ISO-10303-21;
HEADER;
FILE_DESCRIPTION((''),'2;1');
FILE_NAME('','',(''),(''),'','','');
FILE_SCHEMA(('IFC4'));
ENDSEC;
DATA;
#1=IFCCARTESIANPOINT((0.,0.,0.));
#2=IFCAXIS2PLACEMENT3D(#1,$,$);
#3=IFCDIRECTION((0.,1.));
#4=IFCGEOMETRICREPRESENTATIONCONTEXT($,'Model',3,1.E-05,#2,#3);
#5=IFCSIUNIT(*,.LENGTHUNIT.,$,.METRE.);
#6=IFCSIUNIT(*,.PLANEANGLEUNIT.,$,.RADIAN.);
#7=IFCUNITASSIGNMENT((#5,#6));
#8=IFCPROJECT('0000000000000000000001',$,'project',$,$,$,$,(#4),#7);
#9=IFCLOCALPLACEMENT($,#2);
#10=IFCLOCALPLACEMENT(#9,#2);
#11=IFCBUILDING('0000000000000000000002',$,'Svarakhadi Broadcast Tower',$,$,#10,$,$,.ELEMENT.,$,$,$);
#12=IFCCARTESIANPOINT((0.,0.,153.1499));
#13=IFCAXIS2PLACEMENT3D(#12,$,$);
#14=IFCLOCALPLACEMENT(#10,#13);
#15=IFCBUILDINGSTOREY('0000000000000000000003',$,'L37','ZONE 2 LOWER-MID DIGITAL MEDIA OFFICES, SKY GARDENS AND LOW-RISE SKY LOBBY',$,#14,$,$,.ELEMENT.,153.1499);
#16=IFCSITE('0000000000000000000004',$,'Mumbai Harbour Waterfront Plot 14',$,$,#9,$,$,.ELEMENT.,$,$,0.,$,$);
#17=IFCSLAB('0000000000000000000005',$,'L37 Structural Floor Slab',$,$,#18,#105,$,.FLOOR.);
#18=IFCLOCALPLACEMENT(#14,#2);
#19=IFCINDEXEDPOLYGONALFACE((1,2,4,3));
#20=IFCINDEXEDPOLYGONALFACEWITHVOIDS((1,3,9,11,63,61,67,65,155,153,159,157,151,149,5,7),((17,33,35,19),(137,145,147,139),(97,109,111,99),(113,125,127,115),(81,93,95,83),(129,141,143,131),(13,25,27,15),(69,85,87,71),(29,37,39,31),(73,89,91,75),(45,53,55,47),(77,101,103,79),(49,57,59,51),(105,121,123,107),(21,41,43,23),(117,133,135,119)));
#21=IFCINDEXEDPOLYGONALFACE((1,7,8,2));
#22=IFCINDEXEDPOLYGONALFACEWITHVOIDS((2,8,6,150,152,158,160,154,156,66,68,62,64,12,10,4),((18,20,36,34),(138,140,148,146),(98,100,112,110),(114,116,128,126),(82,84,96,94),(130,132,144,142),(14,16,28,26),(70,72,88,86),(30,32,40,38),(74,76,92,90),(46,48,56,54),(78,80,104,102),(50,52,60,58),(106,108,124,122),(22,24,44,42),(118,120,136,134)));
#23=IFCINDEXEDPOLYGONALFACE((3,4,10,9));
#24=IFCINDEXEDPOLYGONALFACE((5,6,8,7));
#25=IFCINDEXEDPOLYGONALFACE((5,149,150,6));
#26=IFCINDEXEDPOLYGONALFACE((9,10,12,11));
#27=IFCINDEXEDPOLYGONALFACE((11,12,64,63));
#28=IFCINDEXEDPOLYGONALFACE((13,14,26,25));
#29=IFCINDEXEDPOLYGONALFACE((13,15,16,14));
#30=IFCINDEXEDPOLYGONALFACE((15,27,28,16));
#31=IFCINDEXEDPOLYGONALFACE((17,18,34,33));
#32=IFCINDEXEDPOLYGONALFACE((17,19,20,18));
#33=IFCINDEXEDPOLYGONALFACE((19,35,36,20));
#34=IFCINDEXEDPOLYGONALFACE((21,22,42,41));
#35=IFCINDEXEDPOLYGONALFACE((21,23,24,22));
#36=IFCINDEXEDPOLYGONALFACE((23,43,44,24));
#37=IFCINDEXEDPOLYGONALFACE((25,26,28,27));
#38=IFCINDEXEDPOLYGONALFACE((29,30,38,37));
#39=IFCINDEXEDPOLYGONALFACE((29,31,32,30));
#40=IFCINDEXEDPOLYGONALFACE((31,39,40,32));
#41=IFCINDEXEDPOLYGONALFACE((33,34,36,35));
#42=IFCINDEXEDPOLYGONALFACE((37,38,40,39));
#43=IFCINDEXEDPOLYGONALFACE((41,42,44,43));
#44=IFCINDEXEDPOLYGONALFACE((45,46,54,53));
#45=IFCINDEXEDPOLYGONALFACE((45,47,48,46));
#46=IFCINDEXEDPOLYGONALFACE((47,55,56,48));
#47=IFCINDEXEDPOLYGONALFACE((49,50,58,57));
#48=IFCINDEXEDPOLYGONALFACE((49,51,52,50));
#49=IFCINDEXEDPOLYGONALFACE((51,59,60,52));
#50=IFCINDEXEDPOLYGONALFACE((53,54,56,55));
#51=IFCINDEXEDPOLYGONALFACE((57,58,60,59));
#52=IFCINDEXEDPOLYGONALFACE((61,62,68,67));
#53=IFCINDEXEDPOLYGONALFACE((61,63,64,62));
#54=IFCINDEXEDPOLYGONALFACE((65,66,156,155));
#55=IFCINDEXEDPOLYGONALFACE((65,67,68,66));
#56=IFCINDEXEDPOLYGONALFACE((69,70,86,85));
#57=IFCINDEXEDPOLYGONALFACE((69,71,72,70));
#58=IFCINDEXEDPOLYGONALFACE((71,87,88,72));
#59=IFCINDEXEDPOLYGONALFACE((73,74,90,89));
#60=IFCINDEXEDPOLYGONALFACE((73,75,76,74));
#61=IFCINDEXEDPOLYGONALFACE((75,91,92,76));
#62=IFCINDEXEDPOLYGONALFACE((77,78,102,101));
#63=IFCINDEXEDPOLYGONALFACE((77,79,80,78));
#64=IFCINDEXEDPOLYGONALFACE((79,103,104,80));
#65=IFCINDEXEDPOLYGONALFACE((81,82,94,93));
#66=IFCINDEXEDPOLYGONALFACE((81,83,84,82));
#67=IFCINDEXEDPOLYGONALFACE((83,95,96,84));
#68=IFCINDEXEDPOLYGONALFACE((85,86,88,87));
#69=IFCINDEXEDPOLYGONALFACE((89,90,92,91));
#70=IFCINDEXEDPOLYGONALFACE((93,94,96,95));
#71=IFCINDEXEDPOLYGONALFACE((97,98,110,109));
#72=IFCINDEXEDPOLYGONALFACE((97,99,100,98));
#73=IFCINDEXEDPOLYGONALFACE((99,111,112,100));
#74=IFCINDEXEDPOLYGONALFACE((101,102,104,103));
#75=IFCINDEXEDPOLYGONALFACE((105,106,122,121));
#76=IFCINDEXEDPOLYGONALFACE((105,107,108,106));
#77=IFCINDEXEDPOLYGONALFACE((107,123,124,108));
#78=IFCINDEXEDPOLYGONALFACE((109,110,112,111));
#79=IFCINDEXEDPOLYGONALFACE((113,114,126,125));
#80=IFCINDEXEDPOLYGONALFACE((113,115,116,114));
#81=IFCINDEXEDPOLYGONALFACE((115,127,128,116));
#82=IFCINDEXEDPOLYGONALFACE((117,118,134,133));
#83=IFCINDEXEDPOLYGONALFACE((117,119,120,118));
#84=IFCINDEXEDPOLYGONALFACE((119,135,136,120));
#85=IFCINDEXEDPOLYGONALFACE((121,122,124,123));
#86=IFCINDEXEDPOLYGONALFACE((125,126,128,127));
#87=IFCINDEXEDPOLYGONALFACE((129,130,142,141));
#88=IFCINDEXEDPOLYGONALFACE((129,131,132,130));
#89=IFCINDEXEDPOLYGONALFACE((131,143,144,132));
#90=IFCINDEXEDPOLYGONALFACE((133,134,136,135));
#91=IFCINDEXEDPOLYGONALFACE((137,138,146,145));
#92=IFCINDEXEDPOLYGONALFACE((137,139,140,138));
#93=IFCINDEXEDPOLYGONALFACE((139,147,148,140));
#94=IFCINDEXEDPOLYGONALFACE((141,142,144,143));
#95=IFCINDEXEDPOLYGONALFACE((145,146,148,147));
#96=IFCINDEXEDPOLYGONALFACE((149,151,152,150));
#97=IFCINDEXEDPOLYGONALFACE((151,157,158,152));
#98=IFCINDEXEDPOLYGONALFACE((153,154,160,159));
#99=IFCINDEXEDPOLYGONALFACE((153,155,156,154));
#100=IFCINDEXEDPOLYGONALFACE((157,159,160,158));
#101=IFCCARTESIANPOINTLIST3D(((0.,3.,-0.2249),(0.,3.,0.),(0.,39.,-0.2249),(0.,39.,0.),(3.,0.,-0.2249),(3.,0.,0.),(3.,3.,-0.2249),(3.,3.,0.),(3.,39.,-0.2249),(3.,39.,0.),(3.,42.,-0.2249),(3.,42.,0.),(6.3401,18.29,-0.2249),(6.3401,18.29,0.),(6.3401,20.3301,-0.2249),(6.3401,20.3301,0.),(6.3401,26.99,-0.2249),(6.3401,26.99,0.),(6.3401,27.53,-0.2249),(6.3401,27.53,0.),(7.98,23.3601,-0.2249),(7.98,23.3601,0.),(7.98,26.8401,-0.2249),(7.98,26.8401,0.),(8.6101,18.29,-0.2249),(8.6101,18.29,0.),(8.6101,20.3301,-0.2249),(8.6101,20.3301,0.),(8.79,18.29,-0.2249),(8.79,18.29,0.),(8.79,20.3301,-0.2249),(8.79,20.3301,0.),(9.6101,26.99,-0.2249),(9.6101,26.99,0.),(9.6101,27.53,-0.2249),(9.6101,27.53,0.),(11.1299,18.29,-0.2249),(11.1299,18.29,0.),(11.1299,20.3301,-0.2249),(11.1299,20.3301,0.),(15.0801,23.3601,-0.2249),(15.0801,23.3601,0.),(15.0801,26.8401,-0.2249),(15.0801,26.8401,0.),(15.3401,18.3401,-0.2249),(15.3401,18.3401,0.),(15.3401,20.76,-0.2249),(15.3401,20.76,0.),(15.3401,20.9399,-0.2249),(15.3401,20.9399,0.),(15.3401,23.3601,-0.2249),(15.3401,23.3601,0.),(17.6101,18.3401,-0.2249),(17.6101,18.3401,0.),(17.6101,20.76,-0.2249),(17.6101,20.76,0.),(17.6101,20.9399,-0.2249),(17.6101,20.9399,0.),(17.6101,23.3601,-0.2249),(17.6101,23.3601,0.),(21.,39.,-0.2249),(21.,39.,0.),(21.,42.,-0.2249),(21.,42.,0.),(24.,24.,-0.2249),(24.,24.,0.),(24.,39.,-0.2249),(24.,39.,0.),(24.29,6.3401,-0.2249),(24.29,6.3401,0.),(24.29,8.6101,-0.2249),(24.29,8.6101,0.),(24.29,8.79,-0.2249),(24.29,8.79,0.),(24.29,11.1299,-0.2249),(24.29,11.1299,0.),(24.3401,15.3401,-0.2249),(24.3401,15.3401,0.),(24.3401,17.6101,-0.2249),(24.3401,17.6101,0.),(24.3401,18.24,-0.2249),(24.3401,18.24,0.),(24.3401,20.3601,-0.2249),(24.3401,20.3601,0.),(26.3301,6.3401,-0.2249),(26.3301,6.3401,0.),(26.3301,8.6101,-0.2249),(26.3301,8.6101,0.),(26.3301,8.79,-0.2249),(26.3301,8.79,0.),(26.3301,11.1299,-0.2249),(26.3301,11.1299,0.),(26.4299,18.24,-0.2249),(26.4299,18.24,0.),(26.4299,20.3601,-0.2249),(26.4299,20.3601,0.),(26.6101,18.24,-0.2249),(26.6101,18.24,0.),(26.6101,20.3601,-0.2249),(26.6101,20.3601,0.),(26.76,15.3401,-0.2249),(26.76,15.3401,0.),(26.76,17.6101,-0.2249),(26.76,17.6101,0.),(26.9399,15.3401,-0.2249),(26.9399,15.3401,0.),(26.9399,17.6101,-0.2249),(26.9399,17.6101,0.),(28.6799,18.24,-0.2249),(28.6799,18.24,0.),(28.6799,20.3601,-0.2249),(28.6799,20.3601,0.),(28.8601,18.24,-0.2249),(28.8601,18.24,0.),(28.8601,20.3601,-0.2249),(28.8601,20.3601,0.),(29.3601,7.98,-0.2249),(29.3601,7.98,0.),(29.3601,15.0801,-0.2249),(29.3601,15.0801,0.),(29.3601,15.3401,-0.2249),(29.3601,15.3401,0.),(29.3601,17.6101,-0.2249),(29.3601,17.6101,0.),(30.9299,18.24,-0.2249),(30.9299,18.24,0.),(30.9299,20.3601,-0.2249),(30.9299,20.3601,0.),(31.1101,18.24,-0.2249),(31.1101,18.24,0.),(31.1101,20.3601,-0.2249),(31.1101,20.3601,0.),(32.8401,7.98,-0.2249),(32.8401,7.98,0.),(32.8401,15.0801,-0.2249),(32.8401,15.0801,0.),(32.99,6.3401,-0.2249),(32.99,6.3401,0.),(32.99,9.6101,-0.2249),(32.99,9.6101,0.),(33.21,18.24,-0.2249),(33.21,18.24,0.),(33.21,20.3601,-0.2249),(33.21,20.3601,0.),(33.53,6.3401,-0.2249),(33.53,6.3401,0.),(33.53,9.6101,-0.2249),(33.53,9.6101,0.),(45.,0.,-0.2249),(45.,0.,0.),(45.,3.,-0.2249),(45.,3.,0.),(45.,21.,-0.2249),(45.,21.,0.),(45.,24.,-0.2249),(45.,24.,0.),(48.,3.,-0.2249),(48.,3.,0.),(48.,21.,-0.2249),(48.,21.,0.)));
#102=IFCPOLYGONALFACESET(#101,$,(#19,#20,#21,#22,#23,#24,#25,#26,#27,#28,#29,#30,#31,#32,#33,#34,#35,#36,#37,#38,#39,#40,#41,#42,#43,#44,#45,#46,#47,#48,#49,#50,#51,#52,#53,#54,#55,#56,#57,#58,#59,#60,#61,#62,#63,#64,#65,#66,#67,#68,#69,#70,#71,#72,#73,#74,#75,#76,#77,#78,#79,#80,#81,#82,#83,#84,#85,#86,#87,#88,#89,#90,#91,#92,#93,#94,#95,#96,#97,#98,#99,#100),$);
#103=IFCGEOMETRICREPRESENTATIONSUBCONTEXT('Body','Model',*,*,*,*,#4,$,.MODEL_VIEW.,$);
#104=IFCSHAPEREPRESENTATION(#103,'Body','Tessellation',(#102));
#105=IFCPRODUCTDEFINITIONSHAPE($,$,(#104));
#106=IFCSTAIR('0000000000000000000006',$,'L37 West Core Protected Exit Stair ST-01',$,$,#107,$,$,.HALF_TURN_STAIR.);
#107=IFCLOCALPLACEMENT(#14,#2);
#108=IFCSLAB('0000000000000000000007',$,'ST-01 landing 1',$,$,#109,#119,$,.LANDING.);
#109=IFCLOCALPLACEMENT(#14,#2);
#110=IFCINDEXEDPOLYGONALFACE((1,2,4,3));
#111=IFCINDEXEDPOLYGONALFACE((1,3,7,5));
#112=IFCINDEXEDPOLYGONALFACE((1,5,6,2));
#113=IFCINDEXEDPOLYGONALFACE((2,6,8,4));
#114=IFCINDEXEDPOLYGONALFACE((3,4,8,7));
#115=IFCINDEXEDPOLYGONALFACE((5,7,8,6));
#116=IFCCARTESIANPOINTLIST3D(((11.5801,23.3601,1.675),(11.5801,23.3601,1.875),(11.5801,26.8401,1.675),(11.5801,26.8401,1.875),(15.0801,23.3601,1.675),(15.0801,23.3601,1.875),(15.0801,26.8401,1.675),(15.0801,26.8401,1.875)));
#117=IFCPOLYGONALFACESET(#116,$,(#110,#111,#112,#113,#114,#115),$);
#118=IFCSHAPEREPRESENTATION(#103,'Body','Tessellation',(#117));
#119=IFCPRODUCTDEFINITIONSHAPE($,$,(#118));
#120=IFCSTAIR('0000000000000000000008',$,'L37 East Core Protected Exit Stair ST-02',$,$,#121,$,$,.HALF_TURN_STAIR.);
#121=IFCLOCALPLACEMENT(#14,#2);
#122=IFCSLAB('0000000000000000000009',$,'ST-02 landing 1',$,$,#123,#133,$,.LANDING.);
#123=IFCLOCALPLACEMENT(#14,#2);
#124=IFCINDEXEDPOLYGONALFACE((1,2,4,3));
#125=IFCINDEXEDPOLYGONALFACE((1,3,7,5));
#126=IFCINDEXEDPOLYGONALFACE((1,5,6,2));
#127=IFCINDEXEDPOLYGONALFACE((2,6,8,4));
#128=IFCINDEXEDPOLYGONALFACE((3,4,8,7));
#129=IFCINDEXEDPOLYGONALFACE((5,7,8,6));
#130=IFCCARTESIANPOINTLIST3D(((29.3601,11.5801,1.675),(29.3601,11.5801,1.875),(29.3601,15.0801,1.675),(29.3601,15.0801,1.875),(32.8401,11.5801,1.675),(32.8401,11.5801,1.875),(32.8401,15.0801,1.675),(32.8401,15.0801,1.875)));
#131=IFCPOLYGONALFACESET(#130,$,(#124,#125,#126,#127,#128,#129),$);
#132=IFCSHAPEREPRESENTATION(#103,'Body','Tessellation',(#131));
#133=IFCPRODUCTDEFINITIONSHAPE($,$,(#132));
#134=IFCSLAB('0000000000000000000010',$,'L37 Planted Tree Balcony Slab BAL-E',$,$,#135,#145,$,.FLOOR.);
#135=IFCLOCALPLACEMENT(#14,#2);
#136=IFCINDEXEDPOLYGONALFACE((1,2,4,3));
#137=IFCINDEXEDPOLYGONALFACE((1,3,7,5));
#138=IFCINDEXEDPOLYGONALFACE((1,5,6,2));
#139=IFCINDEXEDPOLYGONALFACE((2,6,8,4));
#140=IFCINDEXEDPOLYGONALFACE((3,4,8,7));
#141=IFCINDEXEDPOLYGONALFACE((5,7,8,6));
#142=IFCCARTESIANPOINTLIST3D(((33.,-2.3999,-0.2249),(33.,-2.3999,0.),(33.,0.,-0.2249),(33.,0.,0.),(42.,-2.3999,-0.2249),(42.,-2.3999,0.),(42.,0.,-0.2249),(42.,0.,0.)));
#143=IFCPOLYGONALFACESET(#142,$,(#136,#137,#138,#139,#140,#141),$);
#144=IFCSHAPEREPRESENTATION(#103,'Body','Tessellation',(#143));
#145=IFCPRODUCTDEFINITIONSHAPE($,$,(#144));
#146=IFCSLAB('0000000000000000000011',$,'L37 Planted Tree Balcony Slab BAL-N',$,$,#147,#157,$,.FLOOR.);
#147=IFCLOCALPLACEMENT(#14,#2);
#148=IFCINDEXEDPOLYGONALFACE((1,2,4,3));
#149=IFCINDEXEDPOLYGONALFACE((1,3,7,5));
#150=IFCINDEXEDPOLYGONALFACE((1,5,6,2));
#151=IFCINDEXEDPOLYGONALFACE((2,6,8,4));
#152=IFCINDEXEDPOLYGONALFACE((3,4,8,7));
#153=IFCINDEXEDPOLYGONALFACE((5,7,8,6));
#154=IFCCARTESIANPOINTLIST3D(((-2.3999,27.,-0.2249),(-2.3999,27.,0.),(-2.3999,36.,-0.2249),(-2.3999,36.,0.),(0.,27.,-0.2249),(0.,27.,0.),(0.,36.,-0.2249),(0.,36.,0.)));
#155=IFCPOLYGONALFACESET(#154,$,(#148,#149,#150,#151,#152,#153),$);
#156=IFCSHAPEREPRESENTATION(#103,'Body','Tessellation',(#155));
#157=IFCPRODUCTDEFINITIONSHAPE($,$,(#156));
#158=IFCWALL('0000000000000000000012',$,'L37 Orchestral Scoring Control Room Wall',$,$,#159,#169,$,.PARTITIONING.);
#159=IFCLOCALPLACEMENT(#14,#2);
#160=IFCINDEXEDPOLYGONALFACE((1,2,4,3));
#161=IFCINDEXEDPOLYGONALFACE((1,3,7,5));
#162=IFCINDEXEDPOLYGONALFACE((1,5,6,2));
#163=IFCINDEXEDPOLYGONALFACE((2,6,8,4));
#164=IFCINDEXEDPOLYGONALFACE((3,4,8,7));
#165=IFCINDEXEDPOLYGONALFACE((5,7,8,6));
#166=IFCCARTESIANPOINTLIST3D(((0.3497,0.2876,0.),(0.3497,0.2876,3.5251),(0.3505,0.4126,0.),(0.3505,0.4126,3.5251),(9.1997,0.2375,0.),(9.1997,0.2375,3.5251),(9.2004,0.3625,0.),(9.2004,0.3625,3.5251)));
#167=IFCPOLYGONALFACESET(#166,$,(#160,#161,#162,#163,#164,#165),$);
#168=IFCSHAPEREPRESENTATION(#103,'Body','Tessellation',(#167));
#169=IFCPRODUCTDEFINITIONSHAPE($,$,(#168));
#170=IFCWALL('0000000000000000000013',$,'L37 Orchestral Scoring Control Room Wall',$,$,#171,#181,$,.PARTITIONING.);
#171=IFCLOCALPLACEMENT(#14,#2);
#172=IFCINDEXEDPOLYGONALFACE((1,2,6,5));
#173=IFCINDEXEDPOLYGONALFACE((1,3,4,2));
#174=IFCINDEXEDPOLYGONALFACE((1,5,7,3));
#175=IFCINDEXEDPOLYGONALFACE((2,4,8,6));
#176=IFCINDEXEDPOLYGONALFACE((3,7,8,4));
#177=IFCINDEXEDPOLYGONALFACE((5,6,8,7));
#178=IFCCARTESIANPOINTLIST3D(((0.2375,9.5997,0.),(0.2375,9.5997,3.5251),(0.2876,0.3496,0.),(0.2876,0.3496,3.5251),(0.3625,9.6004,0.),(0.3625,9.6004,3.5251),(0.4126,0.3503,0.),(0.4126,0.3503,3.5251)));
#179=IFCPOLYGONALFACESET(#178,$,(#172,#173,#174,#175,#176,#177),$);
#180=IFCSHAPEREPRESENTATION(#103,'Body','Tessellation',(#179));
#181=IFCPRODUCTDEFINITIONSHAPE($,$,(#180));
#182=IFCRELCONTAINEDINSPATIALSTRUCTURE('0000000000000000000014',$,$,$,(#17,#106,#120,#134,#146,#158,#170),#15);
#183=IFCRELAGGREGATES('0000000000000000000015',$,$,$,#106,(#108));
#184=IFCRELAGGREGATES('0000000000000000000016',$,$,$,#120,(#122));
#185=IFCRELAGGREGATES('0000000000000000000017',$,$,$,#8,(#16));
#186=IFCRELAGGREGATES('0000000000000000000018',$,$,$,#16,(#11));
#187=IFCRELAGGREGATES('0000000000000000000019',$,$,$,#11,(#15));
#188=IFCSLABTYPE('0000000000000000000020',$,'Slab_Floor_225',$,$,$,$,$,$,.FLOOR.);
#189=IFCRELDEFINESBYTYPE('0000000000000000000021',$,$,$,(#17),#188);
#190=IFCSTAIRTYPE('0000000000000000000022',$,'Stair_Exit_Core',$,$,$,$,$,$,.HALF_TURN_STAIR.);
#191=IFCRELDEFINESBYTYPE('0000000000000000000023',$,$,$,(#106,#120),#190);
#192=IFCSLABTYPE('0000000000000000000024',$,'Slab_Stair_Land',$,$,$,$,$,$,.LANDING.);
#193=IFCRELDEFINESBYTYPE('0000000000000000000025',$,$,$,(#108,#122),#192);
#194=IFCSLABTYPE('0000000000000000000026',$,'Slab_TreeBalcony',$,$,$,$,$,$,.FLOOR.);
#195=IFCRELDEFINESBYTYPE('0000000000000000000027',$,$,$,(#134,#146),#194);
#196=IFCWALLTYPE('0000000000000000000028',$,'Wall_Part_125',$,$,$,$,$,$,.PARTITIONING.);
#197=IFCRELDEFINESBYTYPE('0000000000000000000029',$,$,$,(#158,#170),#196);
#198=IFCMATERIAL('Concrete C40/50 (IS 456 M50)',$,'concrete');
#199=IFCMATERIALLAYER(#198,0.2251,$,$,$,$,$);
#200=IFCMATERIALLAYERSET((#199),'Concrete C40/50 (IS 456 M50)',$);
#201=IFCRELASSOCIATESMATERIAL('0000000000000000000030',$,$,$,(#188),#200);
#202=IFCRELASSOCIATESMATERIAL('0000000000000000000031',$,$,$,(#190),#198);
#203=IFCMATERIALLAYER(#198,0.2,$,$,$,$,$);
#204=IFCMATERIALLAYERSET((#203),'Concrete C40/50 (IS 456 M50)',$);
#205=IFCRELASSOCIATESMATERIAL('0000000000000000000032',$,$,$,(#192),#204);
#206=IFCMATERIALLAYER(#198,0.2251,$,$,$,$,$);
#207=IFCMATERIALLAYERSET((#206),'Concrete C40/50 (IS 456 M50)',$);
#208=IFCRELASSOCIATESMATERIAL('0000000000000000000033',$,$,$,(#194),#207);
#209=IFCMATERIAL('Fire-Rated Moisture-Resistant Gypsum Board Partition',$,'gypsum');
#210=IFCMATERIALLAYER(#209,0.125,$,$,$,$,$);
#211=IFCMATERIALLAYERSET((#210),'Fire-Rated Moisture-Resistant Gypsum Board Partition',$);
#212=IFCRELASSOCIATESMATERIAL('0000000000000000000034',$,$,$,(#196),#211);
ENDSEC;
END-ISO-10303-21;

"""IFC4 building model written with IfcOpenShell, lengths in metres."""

from ifc_helpers import new_model, si_unit, direction, frame, frame_2d, origin, place, context, subcontext, project, spatial, polyline, rectangle, outline, extrude, material, layer, layer_set, type_object, element, aggregate, save


model = new_model("IFC4")

# Units and contexts
model_context = context("Model", 3, precision=1e-05, world=origin(), true_north=direction((0.0, 1.0)))
body_context = subcontext(model_context, "Body", "Model", "MODEL_VIEW")
ifc_project = project(units=[si_unit("LENGTHUNIT", "METRE"), si_unit("PLANEANGLEUNIT", "RADIAN")], contexts=[model_context])

# Site, building, storey
site_placement = place(None, origin())
site = spatial("IfcSite", under=ifc_project, at=site_placement, Name="Mumbai Harbour Waterfront Plot 14", CompositionType="ELEMENT", RefElevation=0.0)
building_placement = place(site_placement, origin())
building = spatial("IfcBuilding", under=site, at=building_placement, Name="Svarakhadi Broadcast Tower", CompositionType="ELEMENT")
storey_placement = place(building_placement, frame((0.0, 0.0, 153.1499)))
storey = spatial("IfcBuildingStorey", under=building, at=storey_placement, Name="L37", Description="ZONE 2 LOWER-MID DIGITAL MEDIA OFFICES, SKY GARDENS AND LOW-RISE SKY LOBBY", CompositionType="ELEMENT", Elevation=153.1499)

# Slab
ifc_material_1 = material(Name="Concrete C40/50 (IS 456 M50)", Category="concrete")
ifc_layer_1 = layer(ifc_material_1, 0.2251)
ifc_layer_set_1 = layer_set([ifc_layer_1], Name="Concrete C40/50 (IS 456 M50)")
slab_type_1 = type_object("IfcSlabType", Name="Slab_Floor_225", PredefinedType="FLOOR", material=ifc_layer_set_1)
slab_1_placement = place(storey_placement, frame((0.0, 0.0, -0.2249)))
element("IfcSlab", 1, at=slab_1_placement, inside=storey, type_object=slab_type_1, Name="L37 Structural Floor Slab", PredefinedType="FLOOR", context=body_context, shape_type="SweptSolid", body=[
    extrude(outline(polyline([(3.0, 0.0), (45.0, 0.0), (45.0, 3.0), (48.0, 3.0), (48.0, 21.0), (45.0, 21.0), (45.0, 24.0), (24.0, 24.0), (24.0, 39.0), (21.0, 39.0), (21.0, 42.0), (3.0, 42.0), (3.0, 39.0), (0.0, 39.0), (0.0, 3.0), (3.0, 3.0), (3.0, 0.0)]), holes=[polyline([(7.98, 23.3601), (15.0801, 23.3601), (15.0801, 26.8401), (7.98, 26.8401), (7.98, 23.3601)]), polyline([(32.8401, 7.98), (32.8401, 15.0801), (29.3601, 15.0801), (29.3601, 7.98), (32.8401, 7.98)]), polyline([(6.3401, 18.29), (8.6101, 18.29), (8.6101, 20.3301), (6.3401, 20.3301), (6.3401, 18.29)]), polyline([(8.79, 18.29), (11.1299, 18.29), (11.1299, 20.3301), (8.79, 20.3301), (8.79, 18.29)]), polyline([(24.29, 6.3401), (26.3301, 6.3401), (26.3301, 8.6101), (24.29, 8.6101), (24.29, 6.3401)]), polyline([(24.29, 8.79), (26.3301, 8.79), (26.3301, 11.1299), (24.29, 11.1299), (24.29, 8.79)]), polyline([(6.3401, 26.99), (9.6101, 26.99), (9.6101, 27.53), (6.3401, 27.53), (6.3401, 26.99)]), polyline([(32.99, 6.3401), (33.53, 6.3401), (33.53, 9.6101), (32.99, 9.6101), (32.99, 6.3401)]), polyline([(15.3401, 18.3401), (17.6101, 18.3401), (17.6101, 20.76), (15.3401, 20.76), (15.3401, 18.3401)]), polyline([(15.3401, 20.9399), (17.6101, 20.9399), (17.6101, 23.3601), (15.3401, 23.3601), (15.3401, 20.9399)]), polyline([(24.3401, 15.3401), (26.76, 15.3401), (26.76, 17.6101), (24.3401, 17.6101), (24.3401, 15.3401)]), polyline([(26.9399, 15.3401), (29.3601, 15.3401), (29.3601, 17.6101), (26.9399, 17.6101), (26.9399, 15.3401)]), polyline([(24.3401, 18.24), (26.4299, 18.24), (26.4299, 20.3601), (24.3401, 20.3601), (24.3401, 18.24)]), polyline([(26.6101, 18.24), (28.6799, 18.24), (28.6799, 20.3601), (26.6101, 20.3601), (26.6101, 18.24)]), polyline([(28.8601, 18.24), (30.9299, 18.24), (30.9299, 20.3601), (28.8601, 20.3601), (28.8601, 18.24)]), polyline([(31.1101, 18.24), (33.21, 18.24), (33.21, 20.3601), (31.1101, 20.3601), (31.1101, 18.24)])]), origin(), (0.0, 0.0, 1.0), 0.2249),
])

# Stairs, slabs
stair_type = type_object("IfcStairType", Name="Stair_Exit_Core", PredefinedType="HALF_TURN_STAIR", material=ifc_material_1)
stair_1_placement = place(storey_placement, origin())
stair_1 = element("IfcStair", 2, at=stair_1_placement, inside=storey, type_object=stair_type, Name="L37 West Core Protected Exit Stair ST-01", PredefinedType="HALF_TURN_STAIR")
ifc_layer_2 = layer(ifc_material_1, 0.2)
ifc_layer_set_2 = layer_set([ifc_layer_2], Name="Concrete C40/50 (IS 456 M50)")
slab_type_2 = type_object("IfcSlabType", Name="Slab_Stair_Land", PredefinedType="LANDING", material=ifc_layer_set_2)
slab_2_placement = place(storey_placement, frame((0.0, 0.0, 1.675)))
slab_2 = element("IfcSlab", 3, at=slab_2_placement, type_object=slab_type_2, Name="ST-01 landing 1", PredefinedType="LANDING", context=body_context, shape_type="SweptSolid", body=[
    extrude(outline(polyline([(11.5801, 23.3601), (15.0801, 23.3601), (15.0801, 26.8401), (11.5801, 26.8401), (11.5801, 23.3601)])), origin(), (0.0, 0.0, 1.0), 0.2),
])
aggregate(stair_1, [slab_2])
stair_2_placement = place(storey_placement, origin())
stair_2 = element("IfcStair", 4, at=stair_2_placement, inside=storey, type_object=stair_type, Name="L37 East Core Protected Exit Stair ST-02", PredefinedType="HALF_TURN_STAIR")
slab_3_placement = place(storey_placement, frame((0.0, 0.0, 1.675)))
slab_3 = element("IfcSlab", 5, at=slab_3_placement, type_object=slab_type_2, Name="ST-02 landing 1", PredefinedType="LANDING", context=body_context, shape_type="SweptSolid", body=[
    extrude(outline(polyline([(32.8401, 11.5801), (32.8401, 15.0801), (29.3601, 15.0801), (29.3601, 11.5801), (32.8401, 11.5801)])), origin(), (0.0, 0.0, 1.0), 0.2),
])
aggregate(stair_2, [slab_3])

# Slabs
ifc_layer_3 = layer(ifc_material_1, 0.2251)
ifc_layer_set_3 = layer_set([ifc_layer_3], Name="Concrete C40/50 (IS 456 M50)")
slab_type_3 = type_object("IfcSlabType", Name="Slab_TreeBalcony", PredefinedType="FLOOR", material=ifc_layer_set_3)
slab_4_placement = place(storey_placement, frame((0.0, 0.0, -0.2249)))
element("IfcSlab", 6, at=slab_4_placement, inside=storey, type_object=slab_type_3, Name="L37 Planted Tree Balcony Slab BAL-E", PredefinedType="FLOOR", context=body_context, shape_type="SweptSolid", body=[
    extrude(outline(polyline([(33.0, -2.3999), (42.0, -2.3999), (42.0, 0.0), (33.0, 0.0), (33.0, -2.3999)])), origin(), (0.0, 0.0, 1.0), 0.2249),
])
slab_5_placement = place(storey_placement, frame((0.0, 0.0, -0.2249)))
element("IfcSlab", 7, at=slab_5_placement, inside=storey, type_object=slab_type_3, Name="L37 Planted Tree Balcony Slab BAL-N", PredefinedType="FLOOR", context=body_context, shape_type="SweptSolid", body=[
    extrude(outline(polyline([(-2.3999, 27.0), (0.0, 27.0), (0.0, 36.0), (-2.3999, 36.0), (-2.3999, 27.0)])), origin(), (0.0, 0.0, 1.0), 0.2249),
])

# Walls
ifc_material_2 = material(Name="Fire-Rated Moisture-Resistant Gypsum Board Partition", Category="gypsum")
ifc_layer_4 = layer(ifc_material_2, 0.125)
ifc_layer_set_4 = layer_set([ifc_layer_4], Name="Fire-Rated Moisture-Resistant Gypsum Board Partition")
wall_type = type_object("IfcWallType", Name="Wall_Part_125", PredefinedType="PARTITIONING", material=ifc_layer_set_4)
wall_1_placement = place(storey_placement, frame((0.3501, 0.3501, 0.0), z_axis=(0.0, 0.0, 1.0), x_axis=(0.999984, -0.005655, 0.0)))
element("IfcWall", 8, at=wall_1_placement, inside=storey, type_object=wall_type, Name="L37 Orchestral Scoring Control Room Wall", PredefinedType="PARTITIONING", context=body_context, shape_type="SweptSolid", body=[
    extrude(rectangle(XDim=8.8501, YDim=0.125, at=frame_2d((4.425, 0.0))), origin(), (0.0, 0.0, 1.0), 3.5251),
])
wall_2_placement = place(storey_placement, frame((0.3501, 0.3501, 0.0), z_axis=(0.0, 0.0, 1.0), x_axis=(-0.005411, 0.999985, 0.0)))
element("IfcWall", 9, at=wall_2_placement, inside=storey, type_object=wall_type, Name="L37 Orchestral Scoring Control Room Wall", PredefinedType="PARTITIONING", context=body_context, shape_type="SweptSolid", body=[
    extrude(rectangle(XDim=9.2502, YDim=0.125, at=frame_2d((4.625, 0.0))), origin(), (0.0, 0.0, 1.0), 3.5251),
])

save(model, "model.ifc")
